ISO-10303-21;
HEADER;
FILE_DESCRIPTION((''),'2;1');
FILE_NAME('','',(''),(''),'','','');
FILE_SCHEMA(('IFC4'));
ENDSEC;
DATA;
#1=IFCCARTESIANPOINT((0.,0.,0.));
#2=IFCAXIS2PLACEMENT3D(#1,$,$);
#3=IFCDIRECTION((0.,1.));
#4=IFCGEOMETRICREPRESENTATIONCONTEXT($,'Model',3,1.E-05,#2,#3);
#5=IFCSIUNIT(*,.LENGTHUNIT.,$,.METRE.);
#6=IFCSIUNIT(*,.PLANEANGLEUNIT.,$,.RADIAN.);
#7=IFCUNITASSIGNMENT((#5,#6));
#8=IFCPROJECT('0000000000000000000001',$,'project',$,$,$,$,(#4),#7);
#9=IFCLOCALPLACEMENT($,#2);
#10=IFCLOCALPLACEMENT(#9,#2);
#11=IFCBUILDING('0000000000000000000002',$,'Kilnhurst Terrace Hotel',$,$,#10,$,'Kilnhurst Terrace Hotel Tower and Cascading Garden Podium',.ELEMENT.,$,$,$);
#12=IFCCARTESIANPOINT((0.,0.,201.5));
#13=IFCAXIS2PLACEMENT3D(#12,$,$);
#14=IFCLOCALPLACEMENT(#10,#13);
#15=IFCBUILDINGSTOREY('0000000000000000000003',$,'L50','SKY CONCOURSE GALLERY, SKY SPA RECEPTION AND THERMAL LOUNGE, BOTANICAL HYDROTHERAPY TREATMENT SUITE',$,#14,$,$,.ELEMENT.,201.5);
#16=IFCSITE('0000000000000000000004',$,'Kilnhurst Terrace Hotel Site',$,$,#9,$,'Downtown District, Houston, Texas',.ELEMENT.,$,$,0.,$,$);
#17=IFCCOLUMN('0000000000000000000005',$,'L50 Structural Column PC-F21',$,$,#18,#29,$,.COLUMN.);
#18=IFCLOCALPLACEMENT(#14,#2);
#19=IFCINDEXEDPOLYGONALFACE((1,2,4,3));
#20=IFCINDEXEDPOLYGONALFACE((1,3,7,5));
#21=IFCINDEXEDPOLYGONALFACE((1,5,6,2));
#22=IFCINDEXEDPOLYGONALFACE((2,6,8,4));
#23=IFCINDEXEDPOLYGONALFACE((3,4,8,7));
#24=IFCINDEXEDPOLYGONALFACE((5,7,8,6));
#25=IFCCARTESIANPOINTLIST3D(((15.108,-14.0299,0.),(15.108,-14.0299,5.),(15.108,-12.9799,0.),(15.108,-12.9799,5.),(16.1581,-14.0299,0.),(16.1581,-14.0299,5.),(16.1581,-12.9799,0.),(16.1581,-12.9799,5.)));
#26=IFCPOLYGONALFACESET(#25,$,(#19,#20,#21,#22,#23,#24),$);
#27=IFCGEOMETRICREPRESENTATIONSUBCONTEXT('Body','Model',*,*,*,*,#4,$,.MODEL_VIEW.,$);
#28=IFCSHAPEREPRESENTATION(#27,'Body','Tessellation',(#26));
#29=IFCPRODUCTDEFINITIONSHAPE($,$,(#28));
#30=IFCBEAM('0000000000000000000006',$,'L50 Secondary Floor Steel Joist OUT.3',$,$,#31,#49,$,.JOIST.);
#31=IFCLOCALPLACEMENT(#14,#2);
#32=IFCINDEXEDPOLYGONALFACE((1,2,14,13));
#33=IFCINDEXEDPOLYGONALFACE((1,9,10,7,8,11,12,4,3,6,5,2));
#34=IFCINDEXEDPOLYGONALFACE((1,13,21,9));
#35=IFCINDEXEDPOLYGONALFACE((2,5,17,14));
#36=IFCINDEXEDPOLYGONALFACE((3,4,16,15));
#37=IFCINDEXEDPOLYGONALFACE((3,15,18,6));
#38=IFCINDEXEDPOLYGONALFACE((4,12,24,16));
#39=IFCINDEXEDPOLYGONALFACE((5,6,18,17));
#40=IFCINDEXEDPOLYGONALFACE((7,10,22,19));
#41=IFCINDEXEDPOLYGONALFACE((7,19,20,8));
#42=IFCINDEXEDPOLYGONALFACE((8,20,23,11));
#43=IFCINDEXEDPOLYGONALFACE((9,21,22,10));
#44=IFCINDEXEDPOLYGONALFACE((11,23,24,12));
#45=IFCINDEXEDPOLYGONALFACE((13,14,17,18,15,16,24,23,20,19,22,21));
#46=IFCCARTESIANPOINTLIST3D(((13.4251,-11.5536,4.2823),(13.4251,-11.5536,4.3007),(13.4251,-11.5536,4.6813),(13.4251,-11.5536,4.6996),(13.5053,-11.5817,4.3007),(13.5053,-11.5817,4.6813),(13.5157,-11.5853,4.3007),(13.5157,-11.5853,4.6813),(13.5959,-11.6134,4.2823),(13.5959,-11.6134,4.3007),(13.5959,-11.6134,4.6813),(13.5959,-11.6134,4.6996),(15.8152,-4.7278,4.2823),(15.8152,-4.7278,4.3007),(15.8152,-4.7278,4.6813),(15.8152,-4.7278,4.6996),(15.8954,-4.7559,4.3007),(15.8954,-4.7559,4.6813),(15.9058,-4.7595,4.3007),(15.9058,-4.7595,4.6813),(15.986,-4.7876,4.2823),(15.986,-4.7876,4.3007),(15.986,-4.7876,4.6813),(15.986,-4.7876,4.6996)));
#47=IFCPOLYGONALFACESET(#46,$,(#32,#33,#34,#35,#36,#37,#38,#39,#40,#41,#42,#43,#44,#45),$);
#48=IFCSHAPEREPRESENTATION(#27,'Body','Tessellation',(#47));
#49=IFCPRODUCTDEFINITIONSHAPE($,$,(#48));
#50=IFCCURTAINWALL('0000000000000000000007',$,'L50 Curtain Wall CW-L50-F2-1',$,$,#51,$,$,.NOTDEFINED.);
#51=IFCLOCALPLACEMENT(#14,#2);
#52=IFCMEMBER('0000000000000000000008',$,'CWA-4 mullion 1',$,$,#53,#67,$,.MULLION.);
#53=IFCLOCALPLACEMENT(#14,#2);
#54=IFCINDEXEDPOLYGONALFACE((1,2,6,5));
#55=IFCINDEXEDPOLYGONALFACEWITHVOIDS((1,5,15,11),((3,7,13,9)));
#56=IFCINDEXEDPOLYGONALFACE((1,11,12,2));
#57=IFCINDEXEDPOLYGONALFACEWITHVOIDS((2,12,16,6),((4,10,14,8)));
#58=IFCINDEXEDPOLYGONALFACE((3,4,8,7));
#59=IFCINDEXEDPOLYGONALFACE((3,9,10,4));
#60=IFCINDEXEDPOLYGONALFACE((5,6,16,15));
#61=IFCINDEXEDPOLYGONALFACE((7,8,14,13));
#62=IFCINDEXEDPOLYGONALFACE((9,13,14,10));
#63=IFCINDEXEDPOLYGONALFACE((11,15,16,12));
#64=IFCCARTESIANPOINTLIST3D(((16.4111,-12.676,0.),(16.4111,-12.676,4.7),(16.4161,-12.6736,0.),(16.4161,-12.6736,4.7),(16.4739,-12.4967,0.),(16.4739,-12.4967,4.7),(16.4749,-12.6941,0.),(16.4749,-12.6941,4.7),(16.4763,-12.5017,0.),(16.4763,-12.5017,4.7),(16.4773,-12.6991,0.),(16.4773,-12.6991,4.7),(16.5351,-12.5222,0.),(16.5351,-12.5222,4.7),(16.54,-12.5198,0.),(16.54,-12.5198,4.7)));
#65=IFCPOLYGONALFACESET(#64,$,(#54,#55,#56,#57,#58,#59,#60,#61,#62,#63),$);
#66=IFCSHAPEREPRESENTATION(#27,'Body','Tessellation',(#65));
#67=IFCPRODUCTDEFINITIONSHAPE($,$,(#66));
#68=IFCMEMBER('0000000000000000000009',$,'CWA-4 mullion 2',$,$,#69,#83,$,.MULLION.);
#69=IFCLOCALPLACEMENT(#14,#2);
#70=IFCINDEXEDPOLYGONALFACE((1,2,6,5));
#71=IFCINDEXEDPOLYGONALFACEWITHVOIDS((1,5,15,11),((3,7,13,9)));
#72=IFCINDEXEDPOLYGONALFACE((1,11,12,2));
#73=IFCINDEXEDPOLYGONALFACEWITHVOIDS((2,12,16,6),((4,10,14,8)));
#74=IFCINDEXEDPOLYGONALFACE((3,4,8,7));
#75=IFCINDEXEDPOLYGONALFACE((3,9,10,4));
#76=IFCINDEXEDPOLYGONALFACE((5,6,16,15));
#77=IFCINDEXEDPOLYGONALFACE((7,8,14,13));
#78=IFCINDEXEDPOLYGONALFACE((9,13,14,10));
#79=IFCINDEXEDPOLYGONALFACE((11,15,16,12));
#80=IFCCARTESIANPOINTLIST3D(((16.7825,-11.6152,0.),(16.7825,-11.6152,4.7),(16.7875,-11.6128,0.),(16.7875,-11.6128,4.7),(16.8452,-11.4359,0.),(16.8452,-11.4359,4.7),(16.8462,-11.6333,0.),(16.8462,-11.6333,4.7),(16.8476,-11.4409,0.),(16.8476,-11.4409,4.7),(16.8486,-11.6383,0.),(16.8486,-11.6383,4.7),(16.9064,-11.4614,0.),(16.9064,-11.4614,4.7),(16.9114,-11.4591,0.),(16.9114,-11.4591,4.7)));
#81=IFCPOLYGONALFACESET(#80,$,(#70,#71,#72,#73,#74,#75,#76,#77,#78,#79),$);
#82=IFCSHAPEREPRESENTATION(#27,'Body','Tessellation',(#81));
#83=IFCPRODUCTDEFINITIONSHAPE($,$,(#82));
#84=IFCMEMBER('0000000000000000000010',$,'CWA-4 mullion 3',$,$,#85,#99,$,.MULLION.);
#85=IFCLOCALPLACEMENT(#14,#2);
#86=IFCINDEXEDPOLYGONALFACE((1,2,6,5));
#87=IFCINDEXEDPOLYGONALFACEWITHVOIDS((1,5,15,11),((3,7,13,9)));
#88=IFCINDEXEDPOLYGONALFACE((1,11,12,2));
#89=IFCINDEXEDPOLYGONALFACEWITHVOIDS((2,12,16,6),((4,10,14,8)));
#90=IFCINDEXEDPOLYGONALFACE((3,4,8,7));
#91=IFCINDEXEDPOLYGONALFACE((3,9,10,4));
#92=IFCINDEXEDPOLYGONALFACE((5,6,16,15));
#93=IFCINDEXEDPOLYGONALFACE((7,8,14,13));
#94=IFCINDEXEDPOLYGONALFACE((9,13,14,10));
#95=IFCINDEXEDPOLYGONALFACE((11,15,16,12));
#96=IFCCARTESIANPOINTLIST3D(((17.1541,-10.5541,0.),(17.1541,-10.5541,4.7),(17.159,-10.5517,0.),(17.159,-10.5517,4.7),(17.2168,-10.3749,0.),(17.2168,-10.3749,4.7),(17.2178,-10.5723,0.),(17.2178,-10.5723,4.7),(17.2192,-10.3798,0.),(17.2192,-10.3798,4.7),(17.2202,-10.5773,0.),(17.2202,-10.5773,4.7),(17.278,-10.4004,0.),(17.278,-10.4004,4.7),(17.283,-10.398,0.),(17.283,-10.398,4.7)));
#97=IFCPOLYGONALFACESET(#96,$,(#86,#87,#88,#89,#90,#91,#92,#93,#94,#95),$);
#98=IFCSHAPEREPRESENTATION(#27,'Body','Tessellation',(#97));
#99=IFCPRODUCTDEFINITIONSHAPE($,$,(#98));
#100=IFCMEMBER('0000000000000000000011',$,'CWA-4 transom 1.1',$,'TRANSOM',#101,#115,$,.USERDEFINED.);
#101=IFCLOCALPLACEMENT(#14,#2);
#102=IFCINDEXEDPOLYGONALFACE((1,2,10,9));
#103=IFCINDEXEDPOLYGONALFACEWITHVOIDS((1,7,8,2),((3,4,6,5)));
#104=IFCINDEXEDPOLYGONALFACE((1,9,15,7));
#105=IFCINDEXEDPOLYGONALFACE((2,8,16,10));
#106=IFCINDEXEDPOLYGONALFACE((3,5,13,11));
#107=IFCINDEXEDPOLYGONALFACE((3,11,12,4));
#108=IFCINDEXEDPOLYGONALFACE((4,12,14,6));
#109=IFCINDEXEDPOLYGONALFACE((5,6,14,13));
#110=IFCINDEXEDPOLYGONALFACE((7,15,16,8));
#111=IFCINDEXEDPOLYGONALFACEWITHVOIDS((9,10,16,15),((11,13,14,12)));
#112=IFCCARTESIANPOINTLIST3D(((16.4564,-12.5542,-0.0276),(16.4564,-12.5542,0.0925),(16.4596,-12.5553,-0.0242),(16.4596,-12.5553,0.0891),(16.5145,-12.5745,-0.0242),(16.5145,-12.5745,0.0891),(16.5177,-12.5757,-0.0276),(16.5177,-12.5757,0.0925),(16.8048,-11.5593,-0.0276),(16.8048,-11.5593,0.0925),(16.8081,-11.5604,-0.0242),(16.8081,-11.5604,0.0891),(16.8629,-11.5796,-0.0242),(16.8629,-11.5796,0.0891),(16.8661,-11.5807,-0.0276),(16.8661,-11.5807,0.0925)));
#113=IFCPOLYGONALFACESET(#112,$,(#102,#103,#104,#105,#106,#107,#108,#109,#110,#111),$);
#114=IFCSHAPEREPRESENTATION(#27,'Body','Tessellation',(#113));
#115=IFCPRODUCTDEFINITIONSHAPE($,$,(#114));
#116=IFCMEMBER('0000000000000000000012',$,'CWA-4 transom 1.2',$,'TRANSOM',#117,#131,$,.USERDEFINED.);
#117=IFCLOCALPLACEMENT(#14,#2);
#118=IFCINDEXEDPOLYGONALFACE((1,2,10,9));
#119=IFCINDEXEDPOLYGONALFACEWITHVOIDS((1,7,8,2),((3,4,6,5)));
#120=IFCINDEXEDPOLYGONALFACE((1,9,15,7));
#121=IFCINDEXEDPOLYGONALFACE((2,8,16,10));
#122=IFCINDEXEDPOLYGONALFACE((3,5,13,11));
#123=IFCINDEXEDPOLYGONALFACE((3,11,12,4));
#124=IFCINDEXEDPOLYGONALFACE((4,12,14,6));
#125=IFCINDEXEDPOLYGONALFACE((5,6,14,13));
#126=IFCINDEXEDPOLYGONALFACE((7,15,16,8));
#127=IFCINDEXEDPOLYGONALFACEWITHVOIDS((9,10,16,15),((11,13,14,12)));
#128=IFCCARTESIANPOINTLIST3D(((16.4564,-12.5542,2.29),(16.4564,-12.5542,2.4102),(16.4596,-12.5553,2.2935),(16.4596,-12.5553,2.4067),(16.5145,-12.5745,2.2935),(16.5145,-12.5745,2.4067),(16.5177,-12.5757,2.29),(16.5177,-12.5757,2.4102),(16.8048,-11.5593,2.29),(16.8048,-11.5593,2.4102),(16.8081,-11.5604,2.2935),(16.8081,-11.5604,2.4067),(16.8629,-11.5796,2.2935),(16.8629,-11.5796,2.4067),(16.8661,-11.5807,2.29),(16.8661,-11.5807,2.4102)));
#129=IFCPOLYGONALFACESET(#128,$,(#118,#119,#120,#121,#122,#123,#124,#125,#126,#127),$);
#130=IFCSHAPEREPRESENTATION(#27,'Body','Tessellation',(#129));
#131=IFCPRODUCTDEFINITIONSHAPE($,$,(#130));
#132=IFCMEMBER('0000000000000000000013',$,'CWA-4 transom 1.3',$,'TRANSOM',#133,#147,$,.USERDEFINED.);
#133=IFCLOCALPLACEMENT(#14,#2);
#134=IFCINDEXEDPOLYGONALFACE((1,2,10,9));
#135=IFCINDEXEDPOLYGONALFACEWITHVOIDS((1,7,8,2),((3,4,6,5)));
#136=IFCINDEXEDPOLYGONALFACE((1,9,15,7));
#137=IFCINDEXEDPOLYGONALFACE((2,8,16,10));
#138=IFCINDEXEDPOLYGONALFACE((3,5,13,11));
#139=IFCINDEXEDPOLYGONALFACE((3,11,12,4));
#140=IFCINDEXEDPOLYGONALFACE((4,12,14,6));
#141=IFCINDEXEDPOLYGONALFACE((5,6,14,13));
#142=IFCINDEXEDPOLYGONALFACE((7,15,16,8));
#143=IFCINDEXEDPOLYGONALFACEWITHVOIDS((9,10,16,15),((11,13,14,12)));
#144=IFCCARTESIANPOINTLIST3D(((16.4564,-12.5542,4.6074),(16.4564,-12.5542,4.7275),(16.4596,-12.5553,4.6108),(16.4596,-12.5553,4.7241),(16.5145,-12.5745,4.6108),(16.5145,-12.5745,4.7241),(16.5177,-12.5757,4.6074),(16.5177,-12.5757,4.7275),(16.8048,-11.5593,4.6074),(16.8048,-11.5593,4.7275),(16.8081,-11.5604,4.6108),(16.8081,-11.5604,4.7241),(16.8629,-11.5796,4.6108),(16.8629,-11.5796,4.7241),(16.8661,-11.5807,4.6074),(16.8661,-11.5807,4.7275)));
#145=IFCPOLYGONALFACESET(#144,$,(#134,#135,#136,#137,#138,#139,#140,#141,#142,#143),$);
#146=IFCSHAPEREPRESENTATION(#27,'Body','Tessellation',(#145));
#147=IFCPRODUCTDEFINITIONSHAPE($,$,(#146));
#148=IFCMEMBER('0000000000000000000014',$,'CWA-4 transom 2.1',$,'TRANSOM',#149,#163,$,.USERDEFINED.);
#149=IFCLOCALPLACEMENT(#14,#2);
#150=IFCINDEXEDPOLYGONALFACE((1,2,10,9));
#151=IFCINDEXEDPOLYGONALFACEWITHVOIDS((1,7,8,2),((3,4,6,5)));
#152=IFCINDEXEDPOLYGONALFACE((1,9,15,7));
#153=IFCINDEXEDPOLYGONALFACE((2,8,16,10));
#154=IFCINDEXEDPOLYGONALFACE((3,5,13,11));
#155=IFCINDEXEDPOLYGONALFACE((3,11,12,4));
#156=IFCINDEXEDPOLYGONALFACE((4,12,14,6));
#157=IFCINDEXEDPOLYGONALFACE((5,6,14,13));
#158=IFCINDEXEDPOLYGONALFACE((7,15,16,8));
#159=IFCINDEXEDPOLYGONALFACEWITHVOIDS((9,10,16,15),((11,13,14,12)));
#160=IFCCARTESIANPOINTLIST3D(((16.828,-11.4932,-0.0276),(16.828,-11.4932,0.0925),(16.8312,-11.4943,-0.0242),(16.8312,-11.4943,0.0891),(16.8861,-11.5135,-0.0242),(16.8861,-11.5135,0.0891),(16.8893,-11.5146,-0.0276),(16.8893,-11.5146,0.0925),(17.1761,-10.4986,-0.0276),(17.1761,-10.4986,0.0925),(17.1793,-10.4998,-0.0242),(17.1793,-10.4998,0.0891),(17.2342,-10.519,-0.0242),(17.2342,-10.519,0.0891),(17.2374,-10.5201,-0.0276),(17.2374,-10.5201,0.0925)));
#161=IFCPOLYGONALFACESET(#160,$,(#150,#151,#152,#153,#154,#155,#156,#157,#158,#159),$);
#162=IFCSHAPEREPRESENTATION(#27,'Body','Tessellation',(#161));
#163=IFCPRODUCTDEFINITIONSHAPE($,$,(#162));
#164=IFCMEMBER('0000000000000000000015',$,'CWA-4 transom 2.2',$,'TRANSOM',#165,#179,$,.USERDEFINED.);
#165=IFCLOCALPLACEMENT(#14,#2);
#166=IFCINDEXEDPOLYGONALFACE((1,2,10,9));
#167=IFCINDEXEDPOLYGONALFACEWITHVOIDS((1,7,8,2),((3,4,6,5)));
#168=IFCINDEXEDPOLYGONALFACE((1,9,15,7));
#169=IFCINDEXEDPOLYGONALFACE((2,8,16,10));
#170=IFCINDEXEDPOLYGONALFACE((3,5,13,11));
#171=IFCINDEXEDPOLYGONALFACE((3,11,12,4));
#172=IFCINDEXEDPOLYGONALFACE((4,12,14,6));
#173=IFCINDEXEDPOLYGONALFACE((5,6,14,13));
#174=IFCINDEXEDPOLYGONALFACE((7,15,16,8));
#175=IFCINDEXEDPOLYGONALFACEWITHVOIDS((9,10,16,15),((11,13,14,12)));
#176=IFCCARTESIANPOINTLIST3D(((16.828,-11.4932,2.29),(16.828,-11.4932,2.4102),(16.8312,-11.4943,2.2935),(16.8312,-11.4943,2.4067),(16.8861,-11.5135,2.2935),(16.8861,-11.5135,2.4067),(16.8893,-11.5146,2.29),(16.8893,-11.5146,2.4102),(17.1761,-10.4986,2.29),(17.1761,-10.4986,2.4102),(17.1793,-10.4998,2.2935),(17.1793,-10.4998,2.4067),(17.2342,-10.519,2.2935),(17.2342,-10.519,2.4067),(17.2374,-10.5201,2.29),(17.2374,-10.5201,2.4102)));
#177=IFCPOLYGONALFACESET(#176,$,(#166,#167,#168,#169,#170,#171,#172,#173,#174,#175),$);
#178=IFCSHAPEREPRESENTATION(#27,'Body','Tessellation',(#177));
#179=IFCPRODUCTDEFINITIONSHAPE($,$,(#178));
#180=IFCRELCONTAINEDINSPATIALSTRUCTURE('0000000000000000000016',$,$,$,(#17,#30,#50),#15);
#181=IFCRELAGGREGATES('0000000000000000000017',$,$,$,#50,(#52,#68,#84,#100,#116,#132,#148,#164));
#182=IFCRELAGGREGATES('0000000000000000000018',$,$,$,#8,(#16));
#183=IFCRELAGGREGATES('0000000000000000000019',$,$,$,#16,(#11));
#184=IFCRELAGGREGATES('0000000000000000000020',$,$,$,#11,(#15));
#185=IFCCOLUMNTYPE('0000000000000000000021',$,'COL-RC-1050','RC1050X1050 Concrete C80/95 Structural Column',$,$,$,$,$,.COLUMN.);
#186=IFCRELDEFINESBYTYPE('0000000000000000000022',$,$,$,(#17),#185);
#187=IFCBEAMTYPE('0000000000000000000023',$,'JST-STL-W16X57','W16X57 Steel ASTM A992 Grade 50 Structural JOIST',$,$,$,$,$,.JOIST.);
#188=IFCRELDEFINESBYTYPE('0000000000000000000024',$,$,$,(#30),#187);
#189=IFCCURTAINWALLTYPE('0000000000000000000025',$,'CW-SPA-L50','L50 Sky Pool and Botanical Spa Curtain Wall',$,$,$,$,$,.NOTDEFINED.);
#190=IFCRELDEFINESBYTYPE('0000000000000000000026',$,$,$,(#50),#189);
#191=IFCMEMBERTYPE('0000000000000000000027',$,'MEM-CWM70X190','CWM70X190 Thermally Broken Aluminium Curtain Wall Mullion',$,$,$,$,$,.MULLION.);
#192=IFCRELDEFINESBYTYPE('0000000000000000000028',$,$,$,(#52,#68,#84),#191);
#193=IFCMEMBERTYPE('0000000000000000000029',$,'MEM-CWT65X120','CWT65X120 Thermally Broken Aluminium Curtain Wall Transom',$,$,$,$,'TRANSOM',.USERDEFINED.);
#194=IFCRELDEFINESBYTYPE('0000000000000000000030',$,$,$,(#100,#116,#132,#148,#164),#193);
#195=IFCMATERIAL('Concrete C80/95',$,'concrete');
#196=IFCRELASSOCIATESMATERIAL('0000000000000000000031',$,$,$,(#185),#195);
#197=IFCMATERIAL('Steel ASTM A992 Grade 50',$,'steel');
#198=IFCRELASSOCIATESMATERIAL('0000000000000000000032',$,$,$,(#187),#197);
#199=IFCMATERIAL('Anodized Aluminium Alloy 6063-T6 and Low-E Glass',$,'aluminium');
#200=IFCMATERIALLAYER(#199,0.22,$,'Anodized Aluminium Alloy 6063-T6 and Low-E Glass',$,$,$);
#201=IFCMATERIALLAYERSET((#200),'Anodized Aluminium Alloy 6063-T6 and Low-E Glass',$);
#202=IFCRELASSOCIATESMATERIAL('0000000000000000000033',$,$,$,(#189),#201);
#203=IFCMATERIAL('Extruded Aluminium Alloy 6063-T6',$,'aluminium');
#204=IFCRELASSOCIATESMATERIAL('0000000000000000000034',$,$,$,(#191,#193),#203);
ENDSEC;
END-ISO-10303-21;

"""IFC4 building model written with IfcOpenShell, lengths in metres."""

from ifc_helpers import new_model, si_unit, direction, frame, origin, origin_2d, place, context, subcontext, project, spatial, rectangle, hollow_rectangle, i_section, extrude, material, layer, layer_set, material_profile, profile_set, type_object, element, aggregate, save


model = new_model("IFC4")

# Units and contexts
model_context = context("Model", 3, precision=1e-05, world=origin(), true_north=direction((0.0, 1.0)))
body_context = subcontext(model_context, "Body", "Model", "MODEL_VIEW")
ifc_project = project(units=[si_unit("LENGTHUNIT", "METRE"), si_unit("PLANEANGLEUNIT", "RADIAN")], contexts=[model_context])

# Site, building, storey
site_placement = place(None, origin())
site = spatial("IfcSite", under=ifc_project, at=site_placement, Name="Kilnhurst Terrace Hotel Site", LongName="Downtown District, Houston, Texas", CompositionType="ELEMENT", RefElevation=0.0)
building_placement = place(site_placement, origin())
building = spatial("IfcBuilding", under=site, at=building_placement, Name="Kilnhurst Terrace Hotel", LongName="Kilnhurst Terrace Hotel Tower and Cascading Garden Podium", CompositionType="ELEMENT")
storey_placement = place(building_placement, frame((0.0, 0.0, 201.5)))
storey = spatial("IfcBuildingStorey", under=building, at=storey_placement, Name="L50", Description="SKY CONCOURSE GALLERY, SKY SPA RECEPTION AND THERMAL LOUNGE, BOTANICAL HYDROTHERAPY TREATMENT SUITE", CompositionType="ELEMENT", Elevation=201.5)

# Column
ifc_material_1 = material(Name="Concrete C80/95", Category="concrete")
ifc_material_profile_1 = material_profile(ifc_material_1, rectangle(XDim=1.05, YDim=1.05, at=origin_2d()), Name="RC1050X1050")
ifc_profile_set_1 = profile_set([ifc_material_profile_1], Name="Concrete C80/95")
column_type = type_object("IfcColumnType", Name="COL-RC-1050", Description="RC1050X1050 Concrete C80/95 Structural Column", PredefinedType="COLUMN", material=ifc_profile_set_1)
column_placement = place(storey_placement, frame((15.6331, -13.5049, 0.0), z_axis=(0.0, 0.0, 1.0), x_axis=(1.0, 0.0, 0.0)))
element("IfcColumn", 1, at=column_placement, inside=storey, type_object=column_type, Name="L50 Structural Column PC-F21", PredefinedType="COLUMN", context=body_context, shape_type="SweptSolid", body=[
    extrude(rectangle(XDim=1.05, YDim=1.05, at=origin_2d()), origin(), (0.0, 0.0, 1.0), 5.0),
])

# Beam
ifc_material_2 = material(Name="Steel ASTM A992 Grade 50", Category="steel")
ifc_material_profile_2 = material_profile(ifc_material_2, i_section(OverallWidth=0.1809, OverallDepth=0.4172, WebThickness=0.011, FlangeThickness=0.0183, at=origin_2d()), Name="W16X57")
ifc_profile_set_2 = profile_set([ifc_material_profile_2], Name="Steel ASTM A992 Grade 50")
beam_type_1 = type_object("IfcBeamType", Name="JST-STL-W16X57", Description="W16X57 Steel ASTM A992 Grade 50 Structural JOIST", PredefinedType="JOIST", material=ifc_profile_set_2)
beam_1_placement = place(storey_placement, frame((13.5105, -11.5835, 4.491), z_axis=(0.330481, 0.943813, 0.0), x_axis=(-0.943813, 0.330481, 0.0)))
element("IfcBeam", 2, at=beam_1_placement, inside=storey, type_object=beam_type_1, Name="L50 Secondary Floor Steel Joist OUT.3", PredefinedType="JOIST", context=body_context, shape_type="SweptSolid", body=[
    extrude(i_section(OverallWidth=0.1809, OverallDepth=0.4172, WebThickness=0.011, FlangeThickness=0.0183, at=origin_2d()), origin(), (0.0, 0.0, 1.0), 7.2322),
])

# Curtain wall, members
ifc_material_3 = material(Name="Anodized Aluminium Alloy 6063-T6 and Low-E Glass", Category="aluminium")
ifc_layer_1 = layer(ifc_material_3, 0.22, Name="Anodized Aluminium Alloy 6063-T6 and Low-E Glass")
ifc_layer_set_1 = layer_set([ifc_layer_1], Name="Anodized Aluminium Alloy 6063-T6 and Low-E Glass")
curtain_wall_type = type_object("IfcCurtainWallType", Name="CW-SPA-L50", Description="L50 Sky Pool and Botanical Spa Curtain Wall", PredefinedType="NOTDEFINED", material=ifc_layer_set_1)
curtain_wall_placement = place(storey_placement, origin())
curtain_wall = element("IfcCurtainWall", 3, at=curtain_wall_placement, inside=storey, type_object=curtain_wall_type, Name="L50 Curtain Wall CW-L50-F2-1", PredefinedType="NOTDEFINED")
ifc_material_4 = material(Name="Extruded Aluminium Alloy 6063-T6", Category="aluminium")
ifc_material_profile_3 = material_profile(ifc_material_4, hollow_rectangle(XDim=0.0701, YDim=0.1899, WallThickness=0.0039, at=origin_2d()), Name="CWM70X190")
ifc_profile_set_3 = profile_set([ifc_material_profile_3], Name="Extruded Aluminium Alloy 6063-T6")
member_type_1 = type_object("IfcMemberType", Name="MEM-CWM70X190", Description="CWM70X190 Thermally Broken Aluminium Curtain Wall Mullion", PredefinedType="MULLION", material=ifc_profile_set_3)
member_1_placement = place(storey_placement, frame((16.4756, -12.5979, 0.0), z_axis=(0.0, 0.0, 1.0), x_axis=(-0.943822, 0.330454, 0.0)))
member_1 = element("IfcMember", 4, at=member_1_placement, type_object=member_type_1, Name="CWA-4 mullion 1", PredefinedType="MULLION", context=body_context, shape_type="SweptSolid", body=[
    extrude(hollow_rectangle(XDim=0.0701, YDim=0.1899, WallThickness=0.0039, at=origin_2d()), origin(), (0.0, 0.0, 1.0), 4.7),
])
member_2_placement = place(storey_placement, frame((16.8469, -11.5371, 0.0), z_axis=(0.0, 0.0, 1.0), x_axis=(-0.943822, 0.330454, 0.0)))
member_2 = element("IfcMember", 5, at=member_2_placement, type_object=member_type_1, Name="CWA-4 mullion 2", PredefinedType="MULLION", context=body_context, shape_type="SweptSolid", body=[
    extrude(hollow_rectangle(XDim=0.0701, YDim=0.1899, WallThickness=0.0039, at=origin_2d()), origin(), (0.0, 0.0, 1.0), 4.7),
])
member_3_placement = place(storey_placement, frame((17.2185, -10.4761, 0.0), z_axis=(0.0, 0.0, 1.0), x_axis=(-0.943822, 0.330454, 0.0)))
member_3 = element("IfcMember", 6, at=member_3_placement, type_object=member_type_1, Name="CWA-4 mullion 3", PredefinedType="MULLION", context=body_context, shape_type="SweptSolid", body=[
    extrude(hollow_rectangle(XDim=0.0701, YDim=0.1899, WallThickness=0.0039, at=origin_2d()), origin(), (0.0, 0.0, 1.0), 4.7),
])
ifc_material_profile_4 = material_profile(ifc_material_4, hollow_rectangle(XDim=0.0649, YDim=0.1201, WallThickness=0.0034, at=origin_2d()), Name="CWT65X120")
ifc_profile_set_4 = profile_set([ifc_material_profile_4], Name="Extruded Aluminium Alloy 6063-T6")
member_type_2 = type_object("IfcMemberType", Name="MEM-CWT65X120", Description="CWT65X120 Thermally Broken Aluminium Curtain Wall Transom", ElementType="TRANSOM", PredefinedType="USERDEFINED", material=ifc_profile_set_4)
member_4_placement = place(storey_placement, frame((16.4871, -12.5649, 0.0325), z_axis=(0.330505, 0.943804, 0.0), x_axis=(-0.943804, 0.330505, 0.0)))
member_4 = element("IfcMember", 7, at=member_4_placement, type_object=member_type_2, Name="CWA-4 transom 1.1", ObjectType="TRANSOM", PredefinedType="USERDEFINED", context=body_context, shape_type="SweptSolid", body=[
    extrude(hollow_rectangle(XDim=0.0649, YDim=0.1201, WallThickness=0.0034, at=origin_2d()), origin(), (0.0, 0.0, 1.0), 1.0542),
])
member_5_placement = place(storey_placement, frame((16.4871, -12.5649, 2.3501), z_axis=(0.330505, 0.943804, 0.0), x_axis=(-0.943804, 0.330505, 0.0)))
member_5 = element("IfcMember", 8, at=member_5_placement, type_object=member_type_2, Name="CWA-4 transom 1.2", ObjectType="TRANSOM", PredefinedType="USERDEFINED", context=body_context, shape_type="SweptSolid", body=[
    extrude(hollow_rectangle(XDim=0.0649, YDim=0.1201, WallThickness=0.0034, at=origin_2d()), origin(), (0.0, 0.0, 1.0), 1.0542),
])
member_6_placement = place(storey_placement, frame((16.4871, -12.5649, 4.6675), z_axis=(0.330505, 0.943804, 0.0), x_axis=(-0.943804, 0.330505, 0.0)))
member_6 = element("IfcMember", 9, at=member_6_placement, type_object=member_type_2, Name="CWA-4 transom 1.3", ObjectType="TRANSOM", PredefinedType="USERDEFINED", context=body_context, shape_type="SweptSolid", body=[
    extrude(hollow_rectangle(XDim=0.0649, YDim=0.1201, WallThickness=0.0034, at=origin_2d()), origin(), (0.0, 0.0, 1.0), 1.0542),
])
member_7_placement = place(storey_placement, frame((16.8586, -11.5039, 0.0325), z_axis=(0.330371, 0.943851, 0.0), x_axis=(-0.943851, 0.330371, 0.0)))
member_7 = element("IfcMember", 10, at=member_7_placement, type_object=member_type_2, Name="CWA-4 transom 2.1", ObjectType="TRANSOM", PredefinedType="USERDEFINED", context=body_context, shape_type="SweptSolid", body=[
    extrude(hollow_rectangle(XDim=0.0649, YDim=0.1201, WallThickness=0.0034, at=origin_2d()), origin(), (0.0, 0.0, 1.0), 1.0537),
])
member_8_placement = place(storey_placement, frame((16.8586, -11.5039, 2.3501), z_axis=(0.330371, 0.943851, 0.0), x_axis=(-0.943851, 0.330371, 0.0)))
member_8 = element("IfcMember", 11, at=member_8_placement, type_object=member_type_2, Name="CWA-4 transom 2.2", ObjectType="TRANSOM", PredefinedType="USERDEFINED", context=body_context, shape_type="SweptSolid", body=[
    extrude(hollow_rectangle(XDim=0.0649, YDim=0.1201, WallThickness=0.0034, at=origin_2d()), origin(), (0.0, 0.0, 1.0), 1.0537),
])

aggregate(curtain_wall, [member_1, member_2, member_3, member_4, member_5, member_6, member_7, member_8])

save(model, "model.ifc")
